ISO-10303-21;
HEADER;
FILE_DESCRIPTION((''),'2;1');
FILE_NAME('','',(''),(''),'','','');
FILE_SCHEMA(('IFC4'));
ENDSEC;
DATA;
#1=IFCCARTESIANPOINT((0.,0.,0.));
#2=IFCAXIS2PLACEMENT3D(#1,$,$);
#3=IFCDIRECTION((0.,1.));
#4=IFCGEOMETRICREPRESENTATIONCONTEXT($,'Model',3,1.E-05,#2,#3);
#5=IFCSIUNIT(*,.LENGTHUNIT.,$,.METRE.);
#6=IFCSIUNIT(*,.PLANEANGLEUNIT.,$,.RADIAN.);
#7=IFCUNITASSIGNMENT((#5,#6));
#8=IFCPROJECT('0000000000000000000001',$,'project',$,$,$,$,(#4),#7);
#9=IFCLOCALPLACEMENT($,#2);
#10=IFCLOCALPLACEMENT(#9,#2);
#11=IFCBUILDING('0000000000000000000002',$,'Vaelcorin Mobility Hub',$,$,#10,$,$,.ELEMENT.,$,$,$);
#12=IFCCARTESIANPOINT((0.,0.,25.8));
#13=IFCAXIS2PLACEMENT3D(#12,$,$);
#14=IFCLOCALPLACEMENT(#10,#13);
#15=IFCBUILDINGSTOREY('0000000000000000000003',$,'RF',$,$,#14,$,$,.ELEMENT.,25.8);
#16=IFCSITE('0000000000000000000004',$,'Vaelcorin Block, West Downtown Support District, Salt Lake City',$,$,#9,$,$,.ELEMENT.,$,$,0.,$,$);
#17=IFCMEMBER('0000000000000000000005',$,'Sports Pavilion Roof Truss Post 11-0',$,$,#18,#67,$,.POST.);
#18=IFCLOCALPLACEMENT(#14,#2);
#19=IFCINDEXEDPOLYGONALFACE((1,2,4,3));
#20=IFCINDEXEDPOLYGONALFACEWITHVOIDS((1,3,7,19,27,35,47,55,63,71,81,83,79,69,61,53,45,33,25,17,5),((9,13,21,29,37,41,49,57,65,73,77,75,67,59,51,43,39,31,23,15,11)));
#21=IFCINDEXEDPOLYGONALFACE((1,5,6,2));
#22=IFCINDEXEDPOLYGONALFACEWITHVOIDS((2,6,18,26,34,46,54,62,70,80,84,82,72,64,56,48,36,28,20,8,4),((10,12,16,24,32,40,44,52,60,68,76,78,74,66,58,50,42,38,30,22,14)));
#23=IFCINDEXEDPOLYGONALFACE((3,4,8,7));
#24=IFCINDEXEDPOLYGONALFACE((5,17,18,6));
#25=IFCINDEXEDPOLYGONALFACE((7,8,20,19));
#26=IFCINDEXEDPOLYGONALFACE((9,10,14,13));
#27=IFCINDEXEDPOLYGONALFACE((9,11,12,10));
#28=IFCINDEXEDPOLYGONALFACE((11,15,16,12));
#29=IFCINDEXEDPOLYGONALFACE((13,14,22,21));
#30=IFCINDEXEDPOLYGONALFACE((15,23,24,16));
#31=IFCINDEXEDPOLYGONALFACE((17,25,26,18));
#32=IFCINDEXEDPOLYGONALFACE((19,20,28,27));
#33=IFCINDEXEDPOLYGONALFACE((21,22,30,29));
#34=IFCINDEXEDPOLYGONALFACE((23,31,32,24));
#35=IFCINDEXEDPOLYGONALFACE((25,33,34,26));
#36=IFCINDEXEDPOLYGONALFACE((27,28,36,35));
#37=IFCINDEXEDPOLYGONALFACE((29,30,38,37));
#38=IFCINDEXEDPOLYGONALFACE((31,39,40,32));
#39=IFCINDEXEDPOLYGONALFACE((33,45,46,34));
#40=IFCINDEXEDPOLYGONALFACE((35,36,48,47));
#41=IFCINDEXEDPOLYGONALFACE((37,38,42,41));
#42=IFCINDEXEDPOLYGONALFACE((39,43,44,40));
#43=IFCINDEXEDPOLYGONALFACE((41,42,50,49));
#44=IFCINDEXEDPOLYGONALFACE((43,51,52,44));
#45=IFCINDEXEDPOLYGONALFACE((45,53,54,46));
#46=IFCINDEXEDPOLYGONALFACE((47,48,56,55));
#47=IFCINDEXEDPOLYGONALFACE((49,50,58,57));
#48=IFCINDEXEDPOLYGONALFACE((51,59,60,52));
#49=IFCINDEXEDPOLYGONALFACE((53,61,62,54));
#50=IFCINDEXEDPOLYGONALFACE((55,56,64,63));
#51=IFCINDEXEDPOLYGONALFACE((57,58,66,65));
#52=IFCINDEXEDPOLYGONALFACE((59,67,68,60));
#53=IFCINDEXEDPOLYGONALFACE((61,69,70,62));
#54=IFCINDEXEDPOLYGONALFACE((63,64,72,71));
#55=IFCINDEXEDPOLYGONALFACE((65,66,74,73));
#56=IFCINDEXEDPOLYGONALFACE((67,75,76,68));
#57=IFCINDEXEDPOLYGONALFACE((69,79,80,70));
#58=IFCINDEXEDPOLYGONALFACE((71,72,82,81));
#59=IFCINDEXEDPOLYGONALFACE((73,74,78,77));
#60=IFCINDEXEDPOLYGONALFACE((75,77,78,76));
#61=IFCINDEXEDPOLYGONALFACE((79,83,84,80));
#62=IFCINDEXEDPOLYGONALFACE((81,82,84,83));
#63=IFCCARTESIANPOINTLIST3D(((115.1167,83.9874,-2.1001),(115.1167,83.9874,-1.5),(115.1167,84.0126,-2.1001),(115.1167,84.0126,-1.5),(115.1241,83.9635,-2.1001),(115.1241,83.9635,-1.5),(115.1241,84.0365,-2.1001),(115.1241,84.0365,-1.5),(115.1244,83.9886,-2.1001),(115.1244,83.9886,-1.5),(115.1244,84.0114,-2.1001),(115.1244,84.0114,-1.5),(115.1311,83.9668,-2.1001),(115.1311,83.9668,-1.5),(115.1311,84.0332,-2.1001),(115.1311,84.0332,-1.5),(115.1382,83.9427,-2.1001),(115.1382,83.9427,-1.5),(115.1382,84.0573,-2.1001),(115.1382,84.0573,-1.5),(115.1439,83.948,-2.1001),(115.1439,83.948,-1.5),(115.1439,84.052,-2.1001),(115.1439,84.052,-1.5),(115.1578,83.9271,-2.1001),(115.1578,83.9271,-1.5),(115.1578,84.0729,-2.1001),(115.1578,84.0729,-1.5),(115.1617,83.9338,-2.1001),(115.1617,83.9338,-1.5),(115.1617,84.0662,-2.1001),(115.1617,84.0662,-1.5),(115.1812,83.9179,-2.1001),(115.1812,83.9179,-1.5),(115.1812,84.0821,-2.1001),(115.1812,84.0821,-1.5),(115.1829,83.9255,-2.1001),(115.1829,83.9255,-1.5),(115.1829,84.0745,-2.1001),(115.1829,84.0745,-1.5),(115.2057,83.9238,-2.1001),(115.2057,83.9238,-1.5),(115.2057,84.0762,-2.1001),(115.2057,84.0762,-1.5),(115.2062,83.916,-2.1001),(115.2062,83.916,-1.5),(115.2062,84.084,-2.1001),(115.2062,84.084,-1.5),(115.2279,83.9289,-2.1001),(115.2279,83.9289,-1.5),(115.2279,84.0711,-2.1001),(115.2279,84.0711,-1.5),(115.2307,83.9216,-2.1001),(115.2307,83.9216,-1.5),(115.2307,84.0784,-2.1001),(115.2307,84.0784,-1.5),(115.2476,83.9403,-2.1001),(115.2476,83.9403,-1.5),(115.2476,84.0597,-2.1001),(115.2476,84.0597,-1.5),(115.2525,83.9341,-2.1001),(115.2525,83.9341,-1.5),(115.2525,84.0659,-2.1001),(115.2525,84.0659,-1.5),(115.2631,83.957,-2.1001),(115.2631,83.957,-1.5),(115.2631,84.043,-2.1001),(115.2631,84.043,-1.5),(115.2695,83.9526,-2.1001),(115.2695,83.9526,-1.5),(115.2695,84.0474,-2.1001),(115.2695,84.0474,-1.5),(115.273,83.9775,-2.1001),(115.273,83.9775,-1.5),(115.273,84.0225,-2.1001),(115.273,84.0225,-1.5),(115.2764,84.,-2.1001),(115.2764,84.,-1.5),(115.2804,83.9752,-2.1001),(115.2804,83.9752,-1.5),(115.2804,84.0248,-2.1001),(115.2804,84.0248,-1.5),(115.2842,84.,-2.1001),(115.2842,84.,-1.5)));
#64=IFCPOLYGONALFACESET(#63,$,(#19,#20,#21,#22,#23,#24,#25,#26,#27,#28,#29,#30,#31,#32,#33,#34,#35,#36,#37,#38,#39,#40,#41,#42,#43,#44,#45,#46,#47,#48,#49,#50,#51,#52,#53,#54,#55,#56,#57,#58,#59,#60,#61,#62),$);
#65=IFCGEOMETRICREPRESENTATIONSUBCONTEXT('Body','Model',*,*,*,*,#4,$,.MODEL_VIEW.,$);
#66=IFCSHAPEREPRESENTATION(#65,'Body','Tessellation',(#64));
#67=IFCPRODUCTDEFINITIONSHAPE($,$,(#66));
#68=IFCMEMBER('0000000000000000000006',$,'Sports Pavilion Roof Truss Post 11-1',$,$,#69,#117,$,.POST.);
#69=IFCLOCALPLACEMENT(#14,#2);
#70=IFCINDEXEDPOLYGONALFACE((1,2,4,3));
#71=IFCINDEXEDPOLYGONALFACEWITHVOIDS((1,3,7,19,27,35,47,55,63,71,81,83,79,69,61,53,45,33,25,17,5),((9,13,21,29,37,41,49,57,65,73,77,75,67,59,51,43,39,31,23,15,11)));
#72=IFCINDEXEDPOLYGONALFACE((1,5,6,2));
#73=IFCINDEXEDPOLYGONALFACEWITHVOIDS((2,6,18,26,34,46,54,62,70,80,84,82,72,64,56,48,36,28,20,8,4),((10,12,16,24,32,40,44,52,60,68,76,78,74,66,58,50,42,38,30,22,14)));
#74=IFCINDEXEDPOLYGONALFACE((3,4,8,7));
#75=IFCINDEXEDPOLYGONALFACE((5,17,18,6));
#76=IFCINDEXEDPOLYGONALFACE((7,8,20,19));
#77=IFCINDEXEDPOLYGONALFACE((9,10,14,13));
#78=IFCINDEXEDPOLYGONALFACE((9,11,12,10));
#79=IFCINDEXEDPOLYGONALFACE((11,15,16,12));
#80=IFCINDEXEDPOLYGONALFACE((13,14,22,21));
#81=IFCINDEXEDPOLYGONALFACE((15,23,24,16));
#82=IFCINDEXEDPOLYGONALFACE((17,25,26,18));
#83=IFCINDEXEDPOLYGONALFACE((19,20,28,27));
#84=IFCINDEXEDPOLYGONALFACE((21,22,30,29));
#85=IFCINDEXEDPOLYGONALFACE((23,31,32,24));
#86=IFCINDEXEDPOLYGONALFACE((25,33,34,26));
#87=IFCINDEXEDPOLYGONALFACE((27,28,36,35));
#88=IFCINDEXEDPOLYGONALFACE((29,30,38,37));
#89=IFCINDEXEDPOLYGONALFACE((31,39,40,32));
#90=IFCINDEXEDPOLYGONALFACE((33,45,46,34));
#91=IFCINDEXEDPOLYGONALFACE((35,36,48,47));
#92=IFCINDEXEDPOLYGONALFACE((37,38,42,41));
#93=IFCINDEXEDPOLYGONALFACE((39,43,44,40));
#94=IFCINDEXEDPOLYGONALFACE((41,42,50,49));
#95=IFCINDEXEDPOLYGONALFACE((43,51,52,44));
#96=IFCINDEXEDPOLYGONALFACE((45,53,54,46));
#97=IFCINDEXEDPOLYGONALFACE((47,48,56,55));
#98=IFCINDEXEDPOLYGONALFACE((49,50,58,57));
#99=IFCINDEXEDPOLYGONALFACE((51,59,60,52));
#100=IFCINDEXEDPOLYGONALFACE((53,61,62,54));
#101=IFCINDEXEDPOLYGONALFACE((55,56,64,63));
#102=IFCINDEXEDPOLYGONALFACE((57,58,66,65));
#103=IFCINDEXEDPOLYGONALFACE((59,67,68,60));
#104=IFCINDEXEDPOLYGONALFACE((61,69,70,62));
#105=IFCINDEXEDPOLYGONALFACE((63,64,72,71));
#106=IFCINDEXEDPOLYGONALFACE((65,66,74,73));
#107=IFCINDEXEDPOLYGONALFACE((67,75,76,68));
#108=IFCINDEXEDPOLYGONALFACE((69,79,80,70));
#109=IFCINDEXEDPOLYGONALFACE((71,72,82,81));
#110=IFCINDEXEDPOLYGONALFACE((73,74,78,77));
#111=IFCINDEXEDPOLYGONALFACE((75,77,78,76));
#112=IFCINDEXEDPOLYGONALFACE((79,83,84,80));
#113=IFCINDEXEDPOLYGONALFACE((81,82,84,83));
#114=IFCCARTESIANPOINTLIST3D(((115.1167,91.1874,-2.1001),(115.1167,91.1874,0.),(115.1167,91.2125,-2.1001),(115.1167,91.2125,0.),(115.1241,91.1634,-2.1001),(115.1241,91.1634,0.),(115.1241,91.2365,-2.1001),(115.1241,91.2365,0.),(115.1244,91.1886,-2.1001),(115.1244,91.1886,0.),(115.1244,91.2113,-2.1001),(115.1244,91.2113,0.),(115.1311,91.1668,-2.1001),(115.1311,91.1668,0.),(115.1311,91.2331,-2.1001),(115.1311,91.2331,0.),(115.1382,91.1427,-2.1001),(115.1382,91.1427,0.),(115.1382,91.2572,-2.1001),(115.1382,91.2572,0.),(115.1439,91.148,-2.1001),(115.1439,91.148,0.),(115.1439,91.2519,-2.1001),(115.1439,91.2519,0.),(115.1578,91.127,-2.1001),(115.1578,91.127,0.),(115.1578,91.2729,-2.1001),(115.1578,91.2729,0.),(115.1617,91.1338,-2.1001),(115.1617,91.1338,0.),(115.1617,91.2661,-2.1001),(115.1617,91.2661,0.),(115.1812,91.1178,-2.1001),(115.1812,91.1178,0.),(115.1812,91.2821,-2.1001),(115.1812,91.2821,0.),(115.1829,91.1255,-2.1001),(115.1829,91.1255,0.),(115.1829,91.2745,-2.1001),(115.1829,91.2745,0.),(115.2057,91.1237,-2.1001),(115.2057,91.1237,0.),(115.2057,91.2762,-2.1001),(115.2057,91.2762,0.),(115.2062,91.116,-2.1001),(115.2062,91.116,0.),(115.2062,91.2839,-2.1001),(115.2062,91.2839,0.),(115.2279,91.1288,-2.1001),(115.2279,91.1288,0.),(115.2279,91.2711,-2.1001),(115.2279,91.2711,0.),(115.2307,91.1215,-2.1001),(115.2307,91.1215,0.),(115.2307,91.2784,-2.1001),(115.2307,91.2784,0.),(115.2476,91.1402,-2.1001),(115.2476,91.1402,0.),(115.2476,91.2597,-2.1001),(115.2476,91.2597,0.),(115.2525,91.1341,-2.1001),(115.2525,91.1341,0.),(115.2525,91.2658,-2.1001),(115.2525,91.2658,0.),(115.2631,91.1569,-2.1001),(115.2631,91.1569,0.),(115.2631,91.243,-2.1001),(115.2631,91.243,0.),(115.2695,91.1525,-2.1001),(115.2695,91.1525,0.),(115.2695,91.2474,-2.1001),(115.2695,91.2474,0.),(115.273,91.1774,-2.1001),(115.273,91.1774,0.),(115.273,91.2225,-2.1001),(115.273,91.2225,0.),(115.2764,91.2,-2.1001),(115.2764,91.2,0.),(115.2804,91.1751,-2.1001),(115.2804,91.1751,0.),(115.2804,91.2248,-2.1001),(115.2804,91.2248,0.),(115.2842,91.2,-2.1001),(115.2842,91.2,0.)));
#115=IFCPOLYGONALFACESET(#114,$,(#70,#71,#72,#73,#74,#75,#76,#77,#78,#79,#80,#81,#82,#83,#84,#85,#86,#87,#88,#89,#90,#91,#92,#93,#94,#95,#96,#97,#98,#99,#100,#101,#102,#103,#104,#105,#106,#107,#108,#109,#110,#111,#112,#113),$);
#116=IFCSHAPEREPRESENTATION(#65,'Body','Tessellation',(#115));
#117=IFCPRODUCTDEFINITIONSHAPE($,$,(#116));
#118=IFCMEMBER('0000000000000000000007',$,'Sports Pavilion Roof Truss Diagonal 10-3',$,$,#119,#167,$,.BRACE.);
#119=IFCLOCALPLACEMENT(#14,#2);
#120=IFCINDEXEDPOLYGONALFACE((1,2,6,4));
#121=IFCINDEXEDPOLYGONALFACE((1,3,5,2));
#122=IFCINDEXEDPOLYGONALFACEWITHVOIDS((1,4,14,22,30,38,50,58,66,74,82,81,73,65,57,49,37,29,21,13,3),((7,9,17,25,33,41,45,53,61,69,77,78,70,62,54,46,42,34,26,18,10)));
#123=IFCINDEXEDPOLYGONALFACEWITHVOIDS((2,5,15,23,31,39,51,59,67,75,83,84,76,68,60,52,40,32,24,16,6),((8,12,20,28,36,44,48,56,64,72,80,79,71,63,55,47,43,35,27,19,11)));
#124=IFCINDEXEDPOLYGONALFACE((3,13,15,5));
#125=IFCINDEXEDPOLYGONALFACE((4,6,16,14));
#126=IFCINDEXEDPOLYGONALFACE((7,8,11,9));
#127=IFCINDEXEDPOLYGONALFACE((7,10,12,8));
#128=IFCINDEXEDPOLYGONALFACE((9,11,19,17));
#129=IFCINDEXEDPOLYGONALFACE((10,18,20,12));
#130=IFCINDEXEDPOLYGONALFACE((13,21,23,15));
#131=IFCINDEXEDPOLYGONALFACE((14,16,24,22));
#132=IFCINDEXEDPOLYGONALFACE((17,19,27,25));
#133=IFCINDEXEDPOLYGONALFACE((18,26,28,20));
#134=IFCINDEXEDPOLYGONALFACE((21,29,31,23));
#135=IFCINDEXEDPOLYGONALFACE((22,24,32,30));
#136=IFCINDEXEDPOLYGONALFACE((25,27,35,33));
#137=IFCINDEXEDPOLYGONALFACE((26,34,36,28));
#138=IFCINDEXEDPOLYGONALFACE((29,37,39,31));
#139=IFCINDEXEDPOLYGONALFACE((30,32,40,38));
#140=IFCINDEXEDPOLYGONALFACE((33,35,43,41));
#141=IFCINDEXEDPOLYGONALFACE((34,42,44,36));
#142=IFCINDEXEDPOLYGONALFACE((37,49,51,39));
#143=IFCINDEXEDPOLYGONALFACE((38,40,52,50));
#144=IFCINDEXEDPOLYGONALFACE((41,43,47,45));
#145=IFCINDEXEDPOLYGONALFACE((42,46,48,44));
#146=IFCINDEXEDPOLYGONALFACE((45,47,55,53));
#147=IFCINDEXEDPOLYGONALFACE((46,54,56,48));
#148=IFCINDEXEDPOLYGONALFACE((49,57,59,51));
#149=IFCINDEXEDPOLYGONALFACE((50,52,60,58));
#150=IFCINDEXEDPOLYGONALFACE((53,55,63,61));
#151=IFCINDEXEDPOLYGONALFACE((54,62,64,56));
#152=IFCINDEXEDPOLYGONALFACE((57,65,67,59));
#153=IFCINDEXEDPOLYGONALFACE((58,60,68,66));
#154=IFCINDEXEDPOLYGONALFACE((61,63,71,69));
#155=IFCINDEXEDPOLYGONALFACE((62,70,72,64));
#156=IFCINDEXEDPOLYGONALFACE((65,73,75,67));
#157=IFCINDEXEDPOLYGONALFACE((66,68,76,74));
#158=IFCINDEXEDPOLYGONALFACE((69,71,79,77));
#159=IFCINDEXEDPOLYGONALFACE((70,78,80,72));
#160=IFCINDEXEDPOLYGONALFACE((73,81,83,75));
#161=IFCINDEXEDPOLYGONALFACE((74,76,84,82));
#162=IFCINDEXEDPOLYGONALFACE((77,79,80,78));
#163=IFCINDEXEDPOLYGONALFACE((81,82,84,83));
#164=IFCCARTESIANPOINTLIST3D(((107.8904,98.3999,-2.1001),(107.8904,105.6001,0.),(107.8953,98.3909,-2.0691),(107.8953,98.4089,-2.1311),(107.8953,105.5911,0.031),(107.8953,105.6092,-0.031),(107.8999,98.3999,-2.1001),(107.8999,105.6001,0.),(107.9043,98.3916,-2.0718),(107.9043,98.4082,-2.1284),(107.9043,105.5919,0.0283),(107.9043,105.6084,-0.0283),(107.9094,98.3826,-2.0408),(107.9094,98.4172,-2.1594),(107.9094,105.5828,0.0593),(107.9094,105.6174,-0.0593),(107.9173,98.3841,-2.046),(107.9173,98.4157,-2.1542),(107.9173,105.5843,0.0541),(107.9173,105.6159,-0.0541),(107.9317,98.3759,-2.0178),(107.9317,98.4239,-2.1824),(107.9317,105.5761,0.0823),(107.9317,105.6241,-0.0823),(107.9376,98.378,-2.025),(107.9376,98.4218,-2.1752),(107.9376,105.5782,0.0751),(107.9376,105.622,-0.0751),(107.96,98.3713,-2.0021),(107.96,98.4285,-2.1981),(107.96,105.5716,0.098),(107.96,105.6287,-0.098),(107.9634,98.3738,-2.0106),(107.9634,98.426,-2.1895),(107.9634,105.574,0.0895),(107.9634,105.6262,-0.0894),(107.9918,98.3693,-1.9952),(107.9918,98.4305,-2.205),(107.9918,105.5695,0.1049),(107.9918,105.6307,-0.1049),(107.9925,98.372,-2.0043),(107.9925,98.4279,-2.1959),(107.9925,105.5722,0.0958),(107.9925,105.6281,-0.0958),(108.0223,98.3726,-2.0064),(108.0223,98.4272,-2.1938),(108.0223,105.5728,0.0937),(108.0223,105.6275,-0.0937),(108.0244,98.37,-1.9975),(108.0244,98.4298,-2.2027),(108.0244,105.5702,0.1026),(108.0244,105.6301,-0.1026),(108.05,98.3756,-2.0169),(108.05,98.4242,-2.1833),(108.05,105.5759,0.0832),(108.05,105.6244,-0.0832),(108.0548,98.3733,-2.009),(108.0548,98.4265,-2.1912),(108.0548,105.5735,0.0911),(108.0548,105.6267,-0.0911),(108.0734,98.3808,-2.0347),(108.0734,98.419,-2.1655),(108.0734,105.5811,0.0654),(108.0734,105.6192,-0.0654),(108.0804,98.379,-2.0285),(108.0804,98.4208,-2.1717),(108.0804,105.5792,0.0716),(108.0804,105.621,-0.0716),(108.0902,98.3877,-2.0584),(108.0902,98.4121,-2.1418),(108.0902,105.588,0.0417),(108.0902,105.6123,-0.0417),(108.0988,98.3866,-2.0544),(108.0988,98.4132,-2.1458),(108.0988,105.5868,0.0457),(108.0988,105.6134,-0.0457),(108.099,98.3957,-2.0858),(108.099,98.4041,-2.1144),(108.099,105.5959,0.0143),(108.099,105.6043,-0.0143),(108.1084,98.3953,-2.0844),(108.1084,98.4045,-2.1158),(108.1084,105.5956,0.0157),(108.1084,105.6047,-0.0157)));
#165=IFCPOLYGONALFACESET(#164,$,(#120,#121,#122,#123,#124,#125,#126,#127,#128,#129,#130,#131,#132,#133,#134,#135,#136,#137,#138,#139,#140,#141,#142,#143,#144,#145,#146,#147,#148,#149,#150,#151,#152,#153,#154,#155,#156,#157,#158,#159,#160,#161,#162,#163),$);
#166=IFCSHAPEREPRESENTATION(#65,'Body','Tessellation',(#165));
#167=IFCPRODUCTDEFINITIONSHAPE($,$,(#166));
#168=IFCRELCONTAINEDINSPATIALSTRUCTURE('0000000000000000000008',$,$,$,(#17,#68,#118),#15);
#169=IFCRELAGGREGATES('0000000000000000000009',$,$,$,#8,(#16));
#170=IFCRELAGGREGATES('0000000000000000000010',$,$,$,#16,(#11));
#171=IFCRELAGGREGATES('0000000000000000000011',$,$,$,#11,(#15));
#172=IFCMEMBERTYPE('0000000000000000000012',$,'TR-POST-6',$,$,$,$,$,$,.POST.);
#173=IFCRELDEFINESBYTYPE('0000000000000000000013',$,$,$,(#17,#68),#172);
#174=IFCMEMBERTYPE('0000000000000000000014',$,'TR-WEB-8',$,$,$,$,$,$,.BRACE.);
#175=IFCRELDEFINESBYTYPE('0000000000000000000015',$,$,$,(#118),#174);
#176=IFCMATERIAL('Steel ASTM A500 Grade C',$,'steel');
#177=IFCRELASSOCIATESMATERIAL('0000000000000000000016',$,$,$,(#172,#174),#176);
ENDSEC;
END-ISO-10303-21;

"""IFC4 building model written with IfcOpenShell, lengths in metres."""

from ifc_helpers import new_model, si_unit, direction, frame, origin, origin_2d, place, context, subcontext, project, spatial, hollow_circle, extrude, material, material_profile, profile_set, type_object, element, save


model = new_model("IFC4")

# Units and contexts
model_context = context("Model", 3, precision=1e-05, world=origin(), true_north=direction((0.0, 1.0)))
body_context = subcontext(model_context, "Body", "Model", "MODEL_VIEW")
ifc_project = project(units=[si_unit("LENGTHUNIT", "METRE"), si_unit("PLANEANGLEUNIT", "RADIAN")], contexts=[model_context])

# Site, building, storey
site_placement = place(None, origin())
site = spatial("IfcSite", under=ifc_project, at=site_placement, Name="Vaelcorin Block, West Downtown Support District, Salt Lake City", CompositionType="ELEMENT", RefElevation=0.0)
building_placement = place(site_placement, origin())
building = spatial("IfcBuilding", under=site, at=building_placement, Name="Vaelcorin Mobility Hub", CompositionType="ELEMENT")
storey_placement = place(building_placement, frame((0.0, 0.0, 25.8)))
storey = spatial("IfcBuildingStorey", under=building, at=storey_placement, Name="RF", CompositionType="ELEMENT", Elevation=25.8)

# Shared definitions
ifc_material_1 = material(Name="Steel ASTM A500 Grade C", Category="steel")

# Members
ifc_material_profile_1 = material_profile(ifc_material_1, hollow_circle(Radius=0.0842, WallThickness=0.0078, at=origin_2d()), Name="HSS6.625X0.312")
ifc_profile_set_1 = profile_set([ifc_material_profile_1], Name="Steel ASTM A500 Grade C")
member_type_1 = type_object("IfcMemberType", Name="TR-POST-6", PredefinedType="POST", material=ifc_profile_set_1)
for number, where, z_axis, x_axis, name in (
    (1, (115.2, 84.0, -2.1001), (0.0, 0.0, 1.0), (1.0, 0.0, 0.0), "Sports Pavilion Roof Truss Post 11-0"),
):
    element("IfcMember", number, at=place(storey_placement, frame(where, z_axis=z_axis, x_axis=x_axis)), inside=storey, type_object=member_type_1, Name=name, PredefinedType="POST", context=body_context, shape_type="SweptSolid", body=[
        extrude(hollow_circle(Radius=0.0842, WallThickness=0.0078, at=origin_2d()), origin(), (0.0, 0.0, 1.0), 0.6001),
    ])
member_1_placement = place(storey_placement, frame((115.2, 91.2, -2.1001), z_axis=(0.0, 0.0, 1.0), x_axis=(1.0, 0.0, 0.0)))
element("IfcMember", 2, at=member_1_placement, inside=storey, type_object=member_type_1, Name="Sports Pavilion Roof Truss Post 11-1", PredefinedType="POST", context=body_context, shape_type="SweptSolid", body=[
    extrude(hollow_circle(Radius=0.0842, WallThickness=0.0078, at=origin_2d()), origin(), (0.0, 0.0, 1.0), 2.1001),
])
ifc_material_profile_2 = material_profile(ifc_material_1, hollow_circle(Radius=0.1096, WallThickness=0.0095, at=origin_2d()), Name="HSS8.625X0.375")
ifc_profile_set_2 = profile_set([ifc_material_profile_2], Name="Steel ASTM A500 Grade C")
member_type_2 = type_object("IfcMemberType", Name="TR-WEB-8", PredefinedType="BRACE", material=ifc_profile_set_2)
member_2_placement = place(storey_placement, frame((108.0, 98.3999, -2.1001), z_axis=(0.0, 0.959999, 0.280005), x_axis=(-1.0, 0.0, 0.0)))
element("IfcMember", 3, at=member_2_placement, inside=storey, type_object=member_type_2, Name="Sports Pavilion Roof Truss Diagonal 10-3", PredefinedType="BRACE", context=body_context, shape_type="SweptSolid", body=[
    extrude(hollow_circle(Radius=0.1096, WallThickness=0.0095, at=origin_2d()), origin(), (0.0, 0.0, 1.0), 7.5002),
])

save(model, "model.ifc")
